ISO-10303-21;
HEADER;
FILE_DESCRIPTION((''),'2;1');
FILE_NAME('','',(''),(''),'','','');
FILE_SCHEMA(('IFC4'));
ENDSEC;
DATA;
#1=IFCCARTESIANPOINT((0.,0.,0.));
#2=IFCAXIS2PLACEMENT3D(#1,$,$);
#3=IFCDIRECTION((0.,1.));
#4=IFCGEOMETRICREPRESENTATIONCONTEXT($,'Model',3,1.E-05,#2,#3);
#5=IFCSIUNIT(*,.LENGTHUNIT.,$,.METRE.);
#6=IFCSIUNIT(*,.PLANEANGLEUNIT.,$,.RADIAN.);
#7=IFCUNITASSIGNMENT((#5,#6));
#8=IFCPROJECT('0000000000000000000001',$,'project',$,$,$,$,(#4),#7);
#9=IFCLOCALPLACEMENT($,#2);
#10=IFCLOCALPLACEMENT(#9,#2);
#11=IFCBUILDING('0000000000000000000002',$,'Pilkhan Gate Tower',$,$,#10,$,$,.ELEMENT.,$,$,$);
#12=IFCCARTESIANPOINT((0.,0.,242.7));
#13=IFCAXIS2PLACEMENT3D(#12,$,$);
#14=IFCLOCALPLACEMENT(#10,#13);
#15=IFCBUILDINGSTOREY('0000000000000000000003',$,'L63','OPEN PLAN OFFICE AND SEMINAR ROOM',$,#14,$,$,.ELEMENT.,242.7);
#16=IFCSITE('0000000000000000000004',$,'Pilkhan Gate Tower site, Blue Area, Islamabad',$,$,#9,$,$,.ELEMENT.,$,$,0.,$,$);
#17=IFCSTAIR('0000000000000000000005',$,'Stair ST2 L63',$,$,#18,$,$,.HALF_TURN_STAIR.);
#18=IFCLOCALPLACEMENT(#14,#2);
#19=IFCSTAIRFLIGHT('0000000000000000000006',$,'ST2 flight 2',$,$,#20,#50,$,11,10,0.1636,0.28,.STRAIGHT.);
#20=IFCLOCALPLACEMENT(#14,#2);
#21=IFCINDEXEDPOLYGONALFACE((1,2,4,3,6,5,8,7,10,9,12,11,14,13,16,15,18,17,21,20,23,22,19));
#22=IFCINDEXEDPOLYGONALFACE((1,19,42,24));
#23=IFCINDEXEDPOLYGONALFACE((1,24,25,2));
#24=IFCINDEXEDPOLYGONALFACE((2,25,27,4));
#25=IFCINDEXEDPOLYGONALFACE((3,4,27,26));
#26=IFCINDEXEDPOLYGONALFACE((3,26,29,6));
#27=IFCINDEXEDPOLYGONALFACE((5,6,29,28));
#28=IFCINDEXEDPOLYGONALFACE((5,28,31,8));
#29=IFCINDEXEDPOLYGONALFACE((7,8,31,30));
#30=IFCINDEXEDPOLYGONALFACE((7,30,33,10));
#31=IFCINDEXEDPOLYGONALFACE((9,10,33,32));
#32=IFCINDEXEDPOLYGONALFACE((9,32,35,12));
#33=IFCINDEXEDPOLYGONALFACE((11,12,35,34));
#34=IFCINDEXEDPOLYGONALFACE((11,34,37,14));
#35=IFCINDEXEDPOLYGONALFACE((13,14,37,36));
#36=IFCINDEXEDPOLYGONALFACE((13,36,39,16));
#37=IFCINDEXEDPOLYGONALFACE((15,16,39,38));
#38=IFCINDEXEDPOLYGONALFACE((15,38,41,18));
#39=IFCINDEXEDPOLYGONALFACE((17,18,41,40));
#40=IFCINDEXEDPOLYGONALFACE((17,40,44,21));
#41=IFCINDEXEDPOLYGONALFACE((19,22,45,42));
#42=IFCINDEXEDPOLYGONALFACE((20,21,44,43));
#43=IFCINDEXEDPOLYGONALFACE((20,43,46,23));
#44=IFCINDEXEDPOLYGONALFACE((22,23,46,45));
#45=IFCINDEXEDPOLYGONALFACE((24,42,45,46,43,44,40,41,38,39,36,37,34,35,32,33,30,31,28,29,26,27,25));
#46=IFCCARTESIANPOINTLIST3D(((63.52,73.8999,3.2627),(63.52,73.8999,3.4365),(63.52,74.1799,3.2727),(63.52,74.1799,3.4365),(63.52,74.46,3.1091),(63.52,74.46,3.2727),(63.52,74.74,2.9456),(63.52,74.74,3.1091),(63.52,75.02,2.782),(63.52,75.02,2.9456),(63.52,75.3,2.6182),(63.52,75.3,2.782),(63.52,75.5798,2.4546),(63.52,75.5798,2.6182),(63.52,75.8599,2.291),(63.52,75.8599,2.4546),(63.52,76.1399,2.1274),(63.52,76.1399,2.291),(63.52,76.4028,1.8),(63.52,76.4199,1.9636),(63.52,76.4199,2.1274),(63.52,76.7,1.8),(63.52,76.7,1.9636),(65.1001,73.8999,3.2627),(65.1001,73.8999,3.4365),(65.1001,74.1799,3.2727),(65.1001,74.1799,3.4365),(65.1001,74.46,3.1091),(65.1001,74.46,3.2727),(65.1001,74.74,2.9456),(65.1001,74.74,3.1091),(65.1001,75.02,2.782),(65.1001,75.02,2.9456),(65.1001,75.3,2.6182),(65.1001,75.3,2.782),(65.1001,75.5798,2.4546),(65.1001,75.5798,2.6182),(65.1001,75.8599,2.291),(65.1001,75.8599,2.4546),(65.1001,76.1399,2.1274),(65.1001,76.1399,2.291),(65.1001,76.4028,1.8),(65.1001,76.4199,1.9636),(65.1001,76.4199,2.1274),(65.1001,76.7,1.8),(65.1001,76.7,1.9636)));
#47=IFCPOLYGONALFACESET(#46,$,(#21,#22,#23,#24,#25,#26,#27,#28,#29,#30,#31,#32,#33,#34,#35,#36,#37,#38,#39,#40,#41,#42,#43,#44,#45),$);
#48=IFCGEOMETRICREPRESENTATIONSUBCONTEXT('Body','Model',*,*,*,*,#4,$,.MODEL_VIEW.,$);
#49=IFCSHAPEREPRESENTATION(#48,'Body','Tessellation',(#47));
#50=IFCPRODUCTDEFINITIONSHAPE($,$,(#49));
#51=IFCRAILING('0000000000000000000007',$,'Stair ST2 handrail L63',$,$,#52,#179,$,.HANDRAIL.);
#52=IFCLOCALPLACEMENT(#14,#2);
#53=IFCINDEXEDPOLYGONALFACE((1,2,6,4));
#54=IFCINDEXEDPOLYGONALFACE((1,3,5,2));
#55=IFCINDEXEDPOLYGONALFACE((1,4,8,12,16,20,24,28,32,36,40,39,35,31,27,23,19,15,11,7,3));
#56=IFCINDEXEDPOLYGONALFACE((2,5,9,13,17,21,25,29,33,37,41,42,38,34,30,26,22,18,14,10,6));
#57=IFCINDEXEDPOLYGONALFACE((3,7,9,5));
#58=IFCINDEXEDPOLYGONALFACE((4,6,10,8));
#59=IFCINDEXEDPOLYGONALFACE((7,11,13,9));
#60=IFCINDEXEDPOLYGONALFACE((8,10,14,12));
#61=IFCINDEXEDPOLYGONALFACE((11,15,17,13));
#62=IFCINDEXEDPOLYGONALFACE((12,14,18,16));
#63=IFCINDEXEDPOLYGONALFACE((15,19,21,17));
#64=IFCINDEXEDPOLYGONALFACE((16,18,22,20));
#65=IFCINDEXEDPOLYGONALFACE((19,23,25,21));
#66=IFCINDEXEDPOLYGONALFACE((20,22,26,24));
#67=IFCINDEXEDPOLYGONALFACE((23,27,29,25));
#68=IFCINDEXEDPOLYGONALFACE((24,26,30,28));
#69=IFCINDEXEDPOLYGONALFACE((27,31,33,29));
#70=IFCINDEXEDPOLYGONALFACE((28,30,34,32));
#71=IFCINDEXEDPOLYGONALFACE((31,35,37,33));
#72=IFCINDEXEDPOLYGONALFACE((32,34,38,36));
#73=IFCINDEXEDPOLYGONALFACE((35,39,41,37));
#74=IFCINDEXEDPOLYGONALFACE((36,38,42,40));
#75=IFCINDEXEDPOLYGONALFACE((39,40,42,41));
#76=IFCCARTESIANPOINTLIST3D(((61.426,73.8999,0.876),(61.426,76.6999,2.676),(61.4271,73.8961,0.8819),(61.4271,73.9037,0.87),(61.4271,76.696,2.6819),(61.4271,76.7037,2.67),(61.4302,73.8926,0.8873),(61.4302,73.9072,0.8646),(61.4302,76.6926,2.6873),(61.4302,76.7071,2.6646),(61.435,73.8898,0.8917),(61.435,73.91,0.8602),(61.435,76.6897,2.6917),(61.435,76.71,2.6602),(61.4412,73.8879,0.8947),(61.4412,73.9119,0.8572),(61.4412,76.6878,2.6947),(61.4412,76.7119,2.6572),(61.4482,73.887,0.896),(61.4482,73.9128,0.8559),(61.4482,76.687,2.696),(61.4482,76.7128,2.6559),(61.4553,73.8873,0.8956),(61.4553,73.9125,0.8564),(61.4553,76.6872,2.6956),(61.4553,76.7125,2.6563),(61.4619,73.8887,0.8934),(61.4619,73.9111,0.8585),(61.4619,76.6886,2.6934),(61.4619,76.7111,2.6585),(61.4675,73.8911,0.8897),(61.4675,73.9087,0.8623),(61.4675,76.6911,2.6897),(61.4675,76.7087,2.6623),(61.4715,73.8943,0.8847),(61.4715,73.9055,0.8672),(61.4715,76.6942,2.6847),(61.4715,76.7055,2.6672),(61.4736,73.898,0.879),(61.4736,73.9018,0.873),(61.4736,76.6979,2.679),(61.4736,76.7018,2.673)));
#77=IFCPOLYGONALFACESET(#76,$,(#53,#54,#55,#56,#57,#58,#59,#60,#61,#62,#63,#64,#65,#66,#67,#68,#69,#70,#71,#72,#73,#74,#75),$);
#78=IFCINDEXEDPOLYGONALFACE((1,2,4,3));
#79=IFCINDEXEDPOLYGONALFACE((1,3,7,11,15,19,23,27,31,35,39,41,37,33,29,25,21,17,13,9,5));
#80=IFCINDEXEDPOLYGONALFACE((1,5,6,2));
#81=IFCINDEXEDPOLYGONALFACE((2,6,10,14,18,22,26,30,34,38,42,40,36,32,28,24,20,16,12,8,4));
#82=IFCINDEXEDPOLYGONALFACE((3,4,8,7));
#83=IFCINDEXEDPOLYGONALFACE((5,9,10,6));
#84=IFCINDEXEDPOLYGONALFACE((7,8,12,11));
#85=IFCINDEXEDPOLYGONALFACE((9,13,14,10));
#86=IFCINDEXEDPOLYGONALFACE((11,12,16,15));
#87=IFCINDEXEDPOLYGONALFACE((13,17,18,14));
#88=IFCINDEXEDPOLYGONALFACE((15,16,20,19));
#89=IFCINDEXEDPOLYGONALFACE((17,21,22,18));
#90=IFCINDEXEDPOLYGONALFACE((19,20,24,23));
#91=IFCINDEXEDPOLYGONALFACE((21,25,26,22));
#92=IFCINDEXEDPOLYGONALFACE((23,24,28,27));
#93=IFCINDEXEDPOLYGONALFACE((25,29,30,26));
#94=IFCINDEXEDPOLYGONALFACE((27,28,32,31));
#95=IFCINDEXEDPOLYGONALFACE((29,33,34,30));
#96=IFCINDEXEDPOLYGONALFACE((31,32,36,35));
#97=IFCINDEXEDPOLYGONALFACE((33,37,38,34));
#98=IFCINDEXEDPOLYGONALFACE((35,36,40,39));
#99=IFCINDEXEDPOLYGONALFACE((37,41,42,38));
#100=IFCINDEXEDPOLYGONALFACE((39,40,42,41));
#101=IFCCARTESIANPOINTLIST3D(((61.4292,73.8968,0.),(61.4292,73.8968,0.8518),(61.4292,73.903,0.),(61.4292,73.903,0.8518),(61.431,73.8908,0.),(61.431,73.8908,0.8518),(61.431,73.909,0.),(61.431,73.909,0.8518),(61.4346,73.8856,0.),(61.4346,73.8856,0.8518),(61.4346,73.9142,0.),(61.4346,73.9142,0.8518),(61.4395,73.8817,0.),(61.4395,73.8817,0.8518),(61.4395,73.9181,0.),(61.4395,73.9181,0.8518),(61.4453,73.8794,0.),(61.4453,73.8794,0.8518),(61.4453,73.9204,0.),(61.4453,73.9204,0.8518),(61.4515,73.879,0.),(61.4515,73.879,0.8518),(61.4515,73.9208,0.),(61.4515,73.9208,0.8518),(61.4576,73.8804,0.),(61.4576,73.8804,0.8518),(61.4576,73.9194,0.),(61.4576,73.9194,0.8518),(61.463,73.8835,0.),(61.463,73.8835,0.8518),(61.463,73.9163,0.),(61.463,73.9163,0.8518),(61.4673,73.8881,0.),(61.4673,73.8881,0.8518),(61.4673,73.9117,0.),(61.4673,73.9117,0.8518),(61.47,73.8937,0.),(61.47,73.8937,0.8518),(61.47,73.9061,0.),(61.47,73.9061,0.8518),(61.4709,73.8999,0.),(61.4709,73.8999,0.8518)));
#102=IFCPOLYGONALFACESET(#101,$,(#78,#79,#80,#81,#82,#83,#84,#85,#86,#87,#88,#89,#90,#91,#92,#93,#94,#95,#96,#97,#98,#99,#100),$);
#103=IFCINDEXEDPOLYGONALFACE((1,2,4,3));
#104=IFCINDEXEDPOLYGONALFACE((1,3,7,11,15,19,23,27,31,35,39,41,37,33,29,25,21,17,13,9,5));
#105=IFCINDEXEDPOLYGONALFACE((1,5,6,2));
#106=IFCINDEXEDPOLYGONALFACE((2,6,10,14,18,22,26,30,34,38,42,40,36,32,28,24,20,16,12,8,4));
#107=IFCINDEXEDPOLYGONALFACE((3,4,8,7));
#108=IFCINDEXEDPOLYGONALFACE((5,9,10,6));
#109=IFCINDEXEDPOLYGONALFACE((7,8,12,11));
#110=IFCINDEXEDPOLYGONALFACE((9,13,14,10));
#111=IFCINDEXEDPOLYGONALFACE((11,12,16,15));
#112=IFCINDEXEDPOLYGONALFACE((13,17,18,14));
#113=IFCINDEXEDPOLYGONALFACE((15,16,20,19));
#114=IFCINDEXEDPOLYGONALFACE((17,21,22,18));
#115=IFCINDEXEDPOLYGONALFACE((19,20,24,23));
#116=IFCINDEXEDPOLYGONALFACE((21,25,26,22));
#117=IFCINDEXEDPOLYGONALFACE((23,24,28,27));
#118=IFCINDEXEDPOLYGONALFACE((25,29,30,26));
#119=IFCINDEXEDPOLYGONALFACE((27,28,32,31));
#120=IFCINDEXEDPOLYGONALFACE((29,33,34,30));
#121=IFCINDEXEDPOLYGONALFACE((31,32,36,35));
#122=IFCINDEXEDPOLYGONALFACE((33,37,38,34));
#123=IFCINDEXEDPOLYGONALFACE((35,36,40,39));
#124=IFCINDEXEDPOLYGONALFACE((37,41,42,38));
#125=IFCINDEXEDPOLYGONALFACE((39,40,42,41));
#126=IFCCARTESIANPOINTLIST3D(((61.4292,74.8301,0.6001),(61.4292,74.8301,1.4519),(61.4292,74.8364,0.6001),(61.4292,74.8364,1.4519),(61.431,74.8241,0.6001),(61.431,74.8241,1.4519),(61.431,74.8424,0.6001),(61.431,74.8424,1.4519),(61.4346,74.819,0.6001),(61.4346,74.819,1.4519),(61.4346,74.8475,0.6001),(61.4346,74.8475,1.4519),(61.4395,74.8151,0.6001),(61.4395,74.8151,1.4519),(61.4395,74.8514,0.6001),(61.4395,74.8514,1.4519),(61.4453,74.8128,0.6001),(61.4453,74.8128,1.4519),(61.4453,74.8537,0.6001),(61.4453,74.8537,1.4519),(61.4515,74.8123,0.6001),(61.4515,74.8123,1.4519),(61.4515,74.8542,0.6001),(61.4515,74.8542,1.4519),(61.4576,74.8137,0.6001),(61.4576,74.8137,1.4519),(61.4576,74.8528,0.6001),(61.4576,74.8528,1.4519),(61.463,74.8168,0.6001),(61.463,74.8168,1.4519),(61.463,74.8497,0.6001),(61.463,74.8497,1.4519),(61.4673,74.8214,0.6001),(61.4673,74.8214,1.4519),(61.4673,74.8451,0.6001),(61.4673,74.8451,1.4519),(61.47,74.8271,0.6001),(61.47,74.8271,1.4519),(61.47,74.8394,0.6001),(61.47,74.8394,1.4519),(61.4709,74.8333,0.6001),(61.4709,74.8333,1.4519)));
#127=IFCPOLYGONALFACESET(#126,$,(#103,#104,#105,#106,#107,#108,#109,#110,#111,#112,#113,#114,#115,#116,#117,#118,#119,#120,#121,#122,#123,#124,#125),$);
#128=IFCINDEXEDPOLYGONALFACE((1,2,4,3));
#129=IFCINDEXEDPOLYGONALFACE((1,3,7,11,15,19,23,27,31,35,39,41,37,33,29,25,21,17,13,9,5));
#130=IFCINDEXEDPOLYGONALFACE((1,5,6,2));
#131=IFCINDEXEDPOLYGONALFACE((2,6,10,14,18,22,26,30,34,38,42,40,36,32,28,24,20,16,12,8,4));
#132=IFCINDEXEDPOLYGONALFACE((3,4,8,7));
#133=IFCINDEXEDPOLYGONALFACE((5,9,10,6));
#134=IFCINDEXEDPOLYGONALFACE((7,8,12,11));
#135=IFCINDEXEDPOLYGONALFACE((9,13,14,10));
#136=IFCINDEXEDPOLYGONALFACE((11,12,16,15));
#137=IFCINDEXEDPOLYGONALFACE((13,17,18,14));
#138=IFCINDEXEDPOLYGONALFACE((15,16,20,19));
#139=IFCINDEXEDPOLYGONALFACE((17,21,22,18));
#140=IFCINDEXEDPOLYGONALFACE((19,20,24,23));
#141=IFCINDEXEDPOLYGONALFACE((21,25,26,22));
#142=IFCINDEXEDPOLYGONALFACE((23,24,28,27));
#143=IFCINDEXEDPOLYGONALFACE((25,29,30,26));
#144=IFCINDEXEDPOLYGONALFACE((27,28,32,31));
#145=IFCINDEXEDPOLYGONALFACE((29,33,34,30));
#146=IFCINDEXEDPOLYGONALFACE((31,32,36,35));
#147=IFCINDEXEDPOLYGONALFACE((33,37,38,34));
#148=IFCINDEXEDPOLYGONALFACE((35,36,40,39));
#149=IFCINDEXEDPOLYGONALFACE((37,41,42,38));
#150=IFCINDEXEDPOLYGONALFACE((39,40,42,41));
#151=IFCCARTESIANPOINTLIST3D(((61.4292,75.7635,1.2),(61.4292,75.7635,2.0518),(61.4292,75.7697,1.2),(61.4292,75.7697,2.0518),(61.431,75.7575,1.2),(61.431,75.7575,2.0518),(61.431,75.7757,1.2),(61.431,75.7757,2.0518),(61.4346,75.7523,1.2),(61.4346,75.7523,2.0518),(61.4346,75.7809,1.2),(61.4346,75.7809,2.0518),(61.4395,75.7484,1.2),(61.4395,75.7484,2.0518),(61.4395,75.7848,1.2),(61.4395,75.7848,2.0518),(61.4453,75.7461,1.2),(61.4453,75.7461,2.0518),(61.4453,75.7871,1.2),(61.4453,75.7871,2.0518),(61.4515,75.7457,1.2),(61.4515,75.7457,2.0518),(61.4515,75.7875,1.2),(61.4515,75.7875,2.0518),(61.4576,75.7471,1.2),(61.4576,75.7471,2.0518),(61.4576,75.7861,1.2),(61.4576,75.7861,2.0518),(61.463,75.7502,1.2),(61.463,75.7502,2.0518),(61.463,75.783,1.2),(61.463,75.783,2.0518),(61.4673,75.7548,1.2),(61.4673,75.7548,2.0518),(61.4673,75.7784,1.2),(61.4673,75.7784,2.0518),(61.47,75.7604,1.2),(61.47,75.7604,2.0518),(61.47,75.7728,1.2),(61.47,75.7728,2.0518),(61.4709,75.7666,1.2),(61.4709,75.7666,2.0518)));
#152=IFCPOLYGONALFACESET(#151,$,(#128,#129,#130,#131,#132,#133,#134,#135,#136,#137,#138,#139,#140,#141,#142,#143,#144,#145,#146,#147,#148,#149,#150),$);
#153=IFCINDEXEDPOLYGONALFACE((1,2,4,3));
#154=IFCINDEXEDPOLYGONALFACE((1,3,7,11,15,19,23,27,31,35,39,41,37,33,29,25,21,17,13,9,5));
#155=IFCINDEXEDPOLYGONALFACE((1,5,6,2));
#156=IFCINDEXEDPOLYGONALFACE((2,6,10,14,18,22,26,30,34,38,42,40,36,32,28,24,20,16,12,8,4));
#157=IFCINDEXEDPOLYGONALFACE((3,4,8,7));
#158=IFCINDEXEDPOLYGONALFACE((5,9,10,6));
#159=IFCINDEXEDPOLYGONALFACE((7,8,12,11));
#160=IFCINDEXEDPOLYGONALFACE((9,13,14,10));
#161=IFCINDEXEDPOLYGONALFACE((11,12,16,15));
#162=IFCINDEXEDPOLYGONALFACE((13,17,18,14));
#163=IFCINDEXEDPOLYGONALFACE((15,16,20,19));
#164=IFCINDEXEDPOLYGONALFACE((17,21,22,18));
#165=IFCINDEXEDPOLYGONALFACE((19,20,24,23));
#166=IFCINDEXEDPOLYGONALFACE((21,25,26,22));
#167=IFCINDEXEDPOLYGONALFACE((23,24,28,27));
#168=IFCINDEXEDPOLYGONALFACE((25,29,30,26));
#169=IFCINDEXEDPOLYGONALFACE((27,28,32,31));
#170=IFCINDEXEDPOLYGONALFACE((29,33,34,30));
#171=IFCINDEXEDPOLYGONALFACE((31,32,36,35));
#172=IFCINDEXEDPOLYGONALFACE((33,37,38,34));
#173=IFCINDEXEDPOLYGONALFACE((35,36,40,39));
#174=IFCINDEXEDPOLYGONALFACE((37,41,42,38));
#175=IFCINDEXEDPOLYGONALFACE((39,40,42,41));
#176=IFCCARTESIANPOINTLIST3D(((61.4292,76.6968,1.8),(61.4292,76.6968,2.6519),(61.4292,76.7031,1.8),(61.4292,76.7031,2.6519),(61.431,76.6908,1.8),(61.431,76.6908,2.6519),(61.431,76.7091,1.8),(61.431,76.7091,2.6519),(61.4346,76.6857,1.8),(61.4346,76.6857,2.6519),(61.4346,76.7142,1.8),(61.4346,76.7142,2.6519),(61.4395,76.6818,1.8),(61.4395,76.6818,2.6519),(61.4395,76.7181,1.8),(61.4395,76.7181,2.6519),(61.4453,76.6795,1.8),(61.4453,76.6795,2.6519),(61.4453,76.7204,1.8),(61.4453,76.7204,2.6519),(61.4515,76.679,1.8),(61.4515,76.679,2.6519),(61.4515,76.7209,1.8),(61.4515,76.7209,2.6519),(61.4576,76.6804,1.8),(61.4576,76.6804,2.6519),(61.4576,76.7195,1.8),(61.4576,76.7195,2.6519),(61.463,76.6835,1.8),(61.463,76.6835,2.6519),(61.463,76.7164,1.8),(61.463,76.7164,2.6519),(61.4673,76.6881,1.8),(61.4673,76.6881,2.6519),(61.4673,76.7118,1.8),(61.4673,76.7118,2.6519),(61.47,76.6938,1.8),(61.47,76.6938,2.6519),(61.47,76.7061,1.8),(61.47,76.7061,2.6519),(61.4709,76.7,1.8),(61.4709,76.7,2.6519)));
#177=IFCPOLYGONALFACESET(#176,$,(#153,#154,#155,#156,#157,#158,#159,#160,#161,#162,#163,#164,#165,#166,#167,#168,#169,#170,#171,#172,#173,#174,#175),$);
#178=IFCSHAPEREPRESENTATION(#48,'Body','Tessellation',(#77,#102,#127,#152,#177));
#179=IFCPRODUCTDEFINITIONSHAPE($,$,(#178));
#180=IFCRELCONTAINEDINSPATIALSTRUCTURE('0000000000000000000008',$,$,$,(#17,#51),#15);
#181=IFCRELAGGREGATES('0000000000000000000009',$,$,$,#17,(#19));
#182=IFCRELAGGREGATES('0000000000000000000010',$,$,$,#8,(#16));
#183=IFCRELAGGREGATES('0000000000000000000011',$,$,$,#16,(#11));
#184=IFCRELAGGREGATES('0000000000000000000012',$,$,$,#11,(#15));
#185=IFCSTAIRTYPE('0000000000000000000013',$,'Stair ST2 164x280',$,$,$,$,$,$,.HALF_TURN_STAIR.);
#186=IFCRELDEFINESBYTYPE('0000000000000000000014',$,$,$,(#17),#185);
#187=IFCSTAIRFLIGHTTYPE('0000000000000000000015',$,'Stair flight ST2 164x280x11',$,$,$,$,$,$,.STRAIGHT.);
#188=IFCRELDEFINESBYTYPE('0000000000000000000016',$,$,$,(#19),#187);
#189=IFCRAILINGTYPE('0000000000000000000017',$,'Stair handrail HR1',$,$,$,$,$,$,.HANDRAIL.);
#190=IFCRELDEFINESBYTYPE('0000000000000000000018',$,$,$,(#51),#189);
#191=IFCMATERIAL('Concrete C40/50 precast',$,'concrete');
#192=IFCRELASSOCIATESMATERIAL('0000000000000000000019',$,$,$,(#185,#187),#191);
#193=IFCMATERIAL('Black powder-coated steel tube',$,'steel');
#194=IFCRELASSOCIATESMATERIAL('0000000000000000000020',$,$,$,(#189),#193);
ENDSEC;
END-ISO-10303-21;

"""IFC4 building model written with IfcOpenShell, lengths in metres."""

from ifc_helpers import new_model, si_unit, direction, frame, origin, origin_2d, place, context, subcontext, project, spatial, polyline, circle, outline, extrude, material, type_object, element, aggregate, save


model = new_model("IFC4")

# Units and contexts
model_context = context("Model", 3, precision=1e-05, world=origin(), true_north=direction((0.0, 1.0)))
body_context = subcontext(model_context, "Body", "Model", "MODEL_VIEW")
ifc_project = project(units=[si_unit("LENGTHUNIT", "METRE"), si_unit("PLANEANGLEUNIT", "RADIAN")], contexts=[model_context])

# Site, building, storey
site_placement = place(None, origin())
site = spatial("IfcSite", under=ifc_project, at=site_placement, Name="Pilkhan Gate Tower site, Blue Area, Islamabad", CompositionType="ELEMENT", RefElevation=0.0)
building_placement = place(site_placement, origin())
building = spatial("IfcBuilding", under=site, at=building_placement, Name="Pilkhan Gate Tower", CompositionType="ELEMENT")
storey_placement = place(building_placement, frame((0.0, 0.0, 242.7)))
storey = spatial("IfcBuildingStorey", under=building, at=storey_placement, Name="L63", Description="OPEN PLAN OFFICE AND SEMINAR ROOM", CompositionType="ELEMENT", Elevation=242.7)

# Stair, stair flight
ifc_material_1 = material(Name="Concrete C40/50 precast", Category="concrete")
stair_type = type_object("IfcStairType", Name="Stair ST2 164x280", PredefinedType="HALF_TURN_STAIR", material=ifc_material_1)
stair_placement = place(storey_placement, origin())
stair = element("IfcStair", 1, at=stair_placement, inside=storey, type_object=stair_type, Name="Stair ST2 L63", PredefinedType="HALF_TURN_STAIR")
stair_flight_type = type_object("IfcStairFlightType", Name="Stair flight ST2 164x280x11", PredefinedType="STRAIGHT", material=ifc_material_1)
stair_flight_1_placement = place(storey_placement, frame((64.3101, 76.7, 1.8), z_axis=(0.0, 0.0, 1.0), x_axis=(0.0, -1.0, 0.0)))
stair_flight_1 = element("IfcStairFlight", 2, at=stair_flight_1_placement, type_object=stair_flight_type, Name="ST2 flight 2", NumberOfRisers=11, NumberOfTreads=10, PredefinedType="STRAIGHT", RiserHeight=0.1636, TreadLength=0.28, context=body_context, shape_type="SweptSolid", body=[
    extrude(outline(polyline([(0.0, 0.0), (0.0, 0.1636), (0.28, 0.1636), (0.28, 0.3274), (0.5601, 0.3274), (0.5601, 0.491), (0.8401, 0.491), (0.8401, 0.6545), (1.1201, 0.6545), (1.1201, 0.8181), (1.3999, 0.8181), (1.3999, 0.9819), (1.6799, 0.9819), (1.6799, 1.1455), (1.96, 1.1455), (1.96, 1.3091), (2.24, 1.3091), (2.24, 1.4727), (2.52, 1.4727), (2.52, 1.6365), (2.8, 1.6365), (2.8, 1.8), (2.8, 1.4626), (0.2971, 0.0), (0.0, 0.0)])), frame((0.0, 0.79, 0.0), z_axis=(0.0, -1.0, 0.0), x_axis=(1.0, 0.0, 0.0)), (0.0, 0.0, 1.0), 1.5801),
])
aggregate(stair, [stair_flight_1])

# Railing
ifc_material_2 = material(Name="Black powder-coated steel tube", Category="steel")
railing_type_1 = type_object("IfcRailingType", Name="Stair handrail HR1", PredefinedType="HANDRAIL", material=ifc_material_2)
railing_1_placement = place(storey_placement, frame((61.45, 73.8999, 0.0)))
element("IfcRailing", 3, at=railing_1_placement, inside=storey, type_object=railing_type_1, Name="Stair ST2 handrail L63", PredefinedType="HANDRAIL", context=body_context, shape_type="SweptSolid", body=[
    extrude(circle(Radius=0.0239, at=origin_2d()), frame((0.0, 0.0, 0.876), z_axis=(0.0, 0.841176, 0.540761), x_axis=(-1.0, 0.0, 0.0)), (0.0, 0.0, 1.0), 3.3286),
    extrude(circle(Radius=0.021, at=origin_2d()), origin(), (0.0, 0.0, 1.0), 0.8518),
    extrude(circle(Radius=0.021, at=origin_2d()), frame((0.0, 0.9333, 0.6001)), (0.0, 0.0, 1.0), 0.8518),
    extrude(circle(Radius=0.021, at=origin_2d()), frame((0.0, 1.8667, 1.2)), (0.0, 0.0, 1.0), 0.8518),
    extrude(circle(Radius=0.021, at=origin_2d()), frame((0.0, 2.8, 1.8)), (0.0, 0.0, 1.0), 0.8518),
])

save(model, "model.ifc")
